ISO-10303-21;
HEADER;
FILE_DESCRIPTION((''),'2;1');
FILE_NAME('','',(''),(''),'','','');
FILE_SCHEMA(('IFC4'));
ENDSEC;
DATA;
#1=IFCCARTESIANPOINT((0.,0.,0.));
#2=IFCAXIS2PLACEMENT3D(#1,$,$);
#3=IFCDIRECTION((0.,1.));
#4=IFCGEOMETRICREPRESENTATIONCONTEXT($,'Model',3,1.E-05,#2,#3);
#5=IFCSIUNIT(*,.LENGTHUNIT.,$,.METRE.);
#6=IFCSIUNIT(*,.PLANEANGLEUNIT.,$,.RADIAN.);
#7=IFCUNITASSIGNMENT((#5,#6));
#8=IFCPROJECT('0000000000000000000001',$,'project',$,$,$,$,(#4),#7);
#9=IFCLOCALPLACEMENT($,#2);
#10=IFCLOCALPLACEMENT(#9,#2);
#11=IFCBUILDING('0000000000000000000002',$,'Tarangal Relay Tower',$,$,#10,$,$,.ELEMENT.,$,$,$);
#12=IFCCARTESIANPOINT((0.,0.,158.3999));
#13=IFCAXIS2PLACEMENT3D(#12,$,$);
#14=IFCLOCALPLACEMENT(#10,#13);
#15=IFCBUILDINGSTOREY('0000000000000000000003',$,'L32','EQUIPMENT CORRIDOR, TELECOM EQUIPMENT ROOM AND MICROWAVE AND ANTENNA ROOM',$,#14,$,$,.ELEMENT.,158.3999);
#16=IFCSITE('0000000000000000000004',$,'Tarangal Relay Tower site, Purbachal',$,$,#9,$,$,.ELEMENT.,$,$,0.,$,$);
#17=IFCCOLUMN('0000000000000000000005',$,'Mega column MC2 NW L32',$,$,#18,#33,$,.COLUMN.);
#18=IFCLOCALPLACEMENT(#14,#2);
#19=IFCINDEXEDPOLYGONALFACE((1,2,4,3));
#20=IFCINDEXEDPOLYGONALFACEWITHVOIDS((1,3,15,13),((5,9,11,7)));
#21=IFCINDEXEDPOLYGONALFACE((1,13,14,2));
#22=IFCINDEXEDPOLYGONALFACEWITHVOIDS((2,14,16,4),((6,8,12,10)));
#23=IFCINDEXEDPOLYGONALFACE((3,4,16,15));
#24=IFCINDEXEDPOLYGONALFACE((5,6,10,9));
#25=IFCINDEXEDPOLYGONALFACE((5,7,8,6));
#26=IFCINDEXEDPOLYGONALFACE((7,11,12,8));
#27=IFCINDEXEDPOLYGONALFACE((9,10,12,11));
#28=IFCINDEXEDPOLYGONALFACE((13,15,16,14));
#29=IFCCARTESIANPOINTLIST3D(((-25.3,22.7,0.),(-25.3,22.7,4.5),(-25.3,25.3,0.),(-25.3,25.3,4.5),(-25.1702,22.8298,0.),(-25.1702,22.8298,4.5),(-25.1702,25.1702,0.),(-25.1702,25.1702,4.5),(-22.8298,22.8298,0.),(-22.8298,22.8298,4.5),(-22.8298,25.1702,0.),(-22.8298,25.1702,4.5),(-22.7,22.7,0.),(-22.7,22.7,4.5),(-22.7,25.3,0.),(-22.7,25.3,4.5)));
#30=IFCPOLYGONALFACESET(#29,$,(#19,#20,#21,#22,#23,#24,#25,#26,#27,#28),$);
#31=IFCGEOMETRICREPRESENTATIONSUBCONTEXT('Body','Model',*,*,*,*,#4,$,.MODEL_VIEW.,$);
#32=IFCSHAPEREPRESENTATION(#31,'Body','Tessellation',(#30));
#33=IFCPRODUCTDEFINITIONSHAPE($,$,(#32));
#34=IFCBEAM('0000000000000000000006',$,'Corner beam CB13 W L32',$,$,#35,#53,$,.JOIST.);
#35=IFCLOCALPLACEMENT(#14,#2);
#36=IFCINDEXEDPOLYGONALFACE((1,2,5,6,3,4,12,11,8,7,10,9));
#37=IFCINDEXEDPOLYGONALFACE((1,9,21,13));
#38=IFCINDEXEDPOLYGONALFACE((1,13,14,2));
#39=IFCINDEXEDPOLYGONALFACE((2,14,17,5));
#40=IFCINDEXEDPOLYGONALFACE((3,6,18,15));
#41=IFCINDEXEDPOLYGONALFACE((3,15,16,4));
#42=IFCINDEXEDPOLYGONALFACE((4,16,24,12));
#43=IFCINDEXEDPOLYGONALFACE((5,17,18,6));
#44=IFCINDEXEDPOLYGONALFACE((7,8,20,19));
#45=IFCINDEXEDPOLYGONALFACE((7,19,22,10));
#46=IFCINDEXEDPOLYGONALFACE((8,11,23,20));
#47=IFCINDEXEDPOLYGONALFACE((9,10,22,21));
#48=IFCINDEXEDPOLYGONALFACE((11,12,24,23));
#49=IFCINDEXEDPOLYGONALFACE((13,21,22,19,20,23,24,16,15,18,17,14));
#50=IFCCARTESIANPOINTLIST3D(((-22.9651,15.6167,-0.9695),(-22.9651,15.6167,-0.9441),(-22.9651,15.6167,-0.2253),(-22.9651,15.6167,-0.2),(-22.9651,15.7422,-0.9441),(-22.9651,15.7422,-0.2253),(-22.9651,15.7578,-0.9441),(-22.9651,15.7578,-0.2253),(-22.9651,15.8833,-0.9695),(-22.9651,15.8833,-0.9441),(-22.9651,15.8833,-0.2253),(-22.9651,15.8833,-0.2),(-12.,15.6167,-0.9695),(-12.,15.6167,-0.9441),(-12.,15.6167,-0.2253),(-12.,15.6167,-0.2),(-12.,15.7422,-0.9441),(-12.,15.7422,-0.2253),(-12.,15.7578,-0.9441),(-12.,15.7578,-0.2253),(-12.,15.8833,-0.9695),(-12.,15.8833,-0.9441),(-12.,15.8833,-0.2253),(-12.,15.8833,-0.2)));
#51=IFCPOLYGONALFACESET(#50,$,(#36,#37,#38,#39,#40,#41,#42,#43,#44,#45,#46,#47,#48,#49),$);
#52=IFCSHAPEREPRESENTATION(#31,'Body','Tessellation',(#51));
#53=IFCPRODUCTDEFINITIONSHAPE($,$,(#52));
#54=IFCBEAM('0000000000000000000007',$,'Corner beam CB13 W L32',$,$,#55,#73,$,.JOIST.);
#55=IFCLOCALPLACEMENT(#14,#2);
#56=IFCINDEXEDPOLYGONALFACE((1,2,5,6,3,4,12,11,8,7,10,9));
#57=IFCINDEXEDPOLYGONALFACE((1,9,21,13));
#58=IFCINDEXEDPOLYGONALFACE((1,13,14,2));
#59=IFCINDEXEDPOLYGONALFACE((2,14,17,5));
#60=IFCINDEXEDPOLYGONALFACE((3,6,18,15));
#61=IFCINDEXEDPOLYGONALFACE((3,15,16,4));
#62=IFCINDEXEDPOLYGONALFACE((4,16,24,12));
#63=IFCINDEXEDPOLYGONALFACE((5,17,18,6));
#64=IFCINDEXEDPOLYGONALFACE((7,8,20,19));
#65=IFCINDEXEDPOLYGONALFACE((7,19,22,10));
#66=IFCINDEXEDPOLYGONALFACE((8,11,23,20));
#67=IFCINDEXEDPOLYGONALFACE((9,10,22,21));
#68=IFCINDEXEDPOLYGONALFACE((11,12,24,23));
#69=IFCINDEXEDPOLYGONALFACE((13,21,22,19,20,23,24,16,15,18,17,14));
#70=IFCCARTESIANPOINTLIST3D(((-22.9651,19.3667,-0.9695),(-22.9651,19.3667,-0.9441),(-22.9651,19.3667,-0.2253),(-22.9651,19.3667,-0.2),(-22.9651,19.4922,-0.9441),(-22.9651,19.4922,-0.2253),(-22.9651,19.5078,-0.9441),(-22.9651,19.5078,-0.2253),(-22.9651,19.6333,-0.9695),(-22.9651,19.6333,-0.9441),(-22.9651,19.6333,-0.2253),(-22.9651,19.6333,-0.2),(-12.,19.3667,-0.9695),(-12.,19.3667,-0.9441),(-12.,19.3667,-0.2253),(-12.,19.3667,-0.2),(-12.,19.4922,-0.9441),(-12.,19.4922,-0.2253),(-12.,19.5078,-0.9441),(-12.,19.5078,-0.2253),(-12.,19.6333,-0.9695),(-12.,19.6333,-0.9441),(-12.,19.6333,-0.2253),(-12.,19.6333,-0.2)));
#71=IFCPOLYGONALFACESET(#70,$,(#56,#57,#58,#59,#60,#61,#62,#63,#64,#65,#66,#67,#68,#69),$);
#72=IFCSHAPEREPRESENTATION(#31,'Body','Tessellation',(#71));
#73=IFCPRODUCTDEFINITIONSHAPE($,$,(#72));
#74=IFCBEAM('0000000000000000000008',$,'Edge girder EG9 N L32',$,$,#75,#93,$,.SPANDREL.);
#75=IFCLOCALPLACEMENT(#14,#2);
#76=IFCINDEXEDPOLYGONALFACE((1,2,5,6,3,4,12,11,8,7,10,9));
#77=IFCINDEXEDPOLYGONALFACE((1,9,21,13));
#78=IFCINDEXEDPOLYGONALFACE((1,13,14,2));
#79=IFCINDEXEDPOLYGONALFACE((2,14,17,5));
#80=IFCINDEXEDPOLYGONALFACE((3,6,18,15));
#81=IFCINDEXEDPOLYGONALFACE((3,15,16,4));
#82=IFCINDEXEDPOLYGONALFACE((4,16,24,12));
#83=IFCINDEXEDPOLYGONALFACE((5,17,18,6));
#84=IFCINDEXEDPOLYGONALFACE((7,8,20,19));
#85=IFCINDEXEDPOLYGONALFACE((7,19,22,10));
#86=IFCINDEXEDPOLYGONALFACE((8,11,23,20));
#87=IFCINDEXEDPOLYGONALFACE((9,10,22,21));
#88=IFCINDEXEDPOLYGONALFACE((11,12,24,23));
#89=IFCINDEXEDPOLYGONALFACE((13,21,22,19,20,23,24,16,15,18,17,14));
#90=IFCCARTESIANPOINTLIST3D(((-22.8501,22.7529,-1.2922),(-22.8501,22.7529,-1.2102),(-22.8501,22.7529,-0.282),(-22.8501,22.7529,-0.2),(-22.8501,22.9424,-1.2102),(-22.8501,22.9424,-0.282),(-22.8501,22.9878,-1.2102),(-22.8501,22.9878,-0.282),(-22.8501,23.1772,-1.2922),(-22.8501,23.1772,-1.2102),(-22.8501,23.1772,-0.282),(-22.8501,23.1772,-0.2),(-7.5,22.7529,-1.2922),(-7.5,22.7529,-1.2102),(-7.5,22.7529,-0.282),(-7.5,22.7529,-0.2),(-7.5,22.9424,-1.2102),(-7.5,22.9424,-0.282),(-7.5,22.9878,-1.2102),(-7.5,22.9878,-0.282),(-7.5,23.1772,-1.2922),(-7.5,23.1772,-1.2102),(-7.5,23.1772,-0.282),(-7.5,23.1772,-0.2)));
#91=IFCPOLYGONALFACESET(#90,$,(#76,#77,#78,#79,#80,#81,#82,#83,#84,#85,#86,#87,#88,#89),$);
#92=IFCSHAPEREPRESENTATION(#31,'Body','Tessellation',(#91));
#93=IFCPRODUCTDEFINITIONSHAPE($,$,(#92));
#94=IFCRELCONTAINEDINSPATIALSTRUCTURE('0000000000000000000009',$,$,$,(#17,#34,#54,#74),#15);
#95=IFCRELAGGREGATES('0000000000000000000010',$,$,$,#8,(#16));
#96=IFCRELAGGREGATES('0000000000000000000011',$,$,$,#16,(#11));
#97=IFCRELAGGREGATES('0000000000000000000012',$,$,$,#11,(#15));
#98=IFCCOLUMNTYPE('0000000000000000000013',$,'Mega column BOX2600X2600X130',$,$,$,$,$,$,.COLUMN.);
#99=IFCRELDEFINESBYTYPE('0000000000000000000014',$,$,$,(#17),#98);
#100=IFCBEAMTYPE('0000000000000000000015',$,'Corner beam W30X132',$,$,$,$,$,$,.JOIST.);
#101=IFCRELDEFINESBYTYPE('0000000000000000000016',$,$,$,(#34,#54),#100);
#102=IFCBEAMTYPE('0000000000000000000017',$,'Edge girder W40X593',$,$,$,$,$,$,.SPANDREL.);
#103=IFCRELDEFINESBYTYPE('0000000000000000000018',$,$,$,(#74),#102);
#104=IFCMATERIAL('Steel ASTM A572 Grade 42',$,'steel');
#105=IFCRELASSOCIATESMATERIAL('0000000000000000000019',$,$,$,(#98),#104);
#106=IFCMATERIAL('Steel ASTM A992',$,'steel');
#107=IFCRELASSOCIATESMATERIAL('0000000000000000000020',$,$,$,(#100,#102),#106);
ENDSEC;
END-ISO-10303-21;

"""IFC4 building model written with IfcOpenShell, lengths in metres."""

from ifc_helpers import new_model, si_unit, direction, frame, origin, origin_2d, place, context, subcontext, project, spatial, hollow_rectangle, i_section, extrude, material, material_profile, profile_set, type_object, element, save


model = new_model("IFC4")

# Units and contexts
model_context = context("Model", 3, precision=1e-05, world=origin(), true_north=direction((0.0, 1.0)))
body_context = subcontext(model_context, "Body", "Model", "MODEL_VIEW")
ifc_project = project(units=[si_unit("LENGTHUNIT", "METRE"), si_unit("PLANEANGLEUNIT", "RADIAN")], contexts=[model_context])

# Site, building, storey
site_placement = place(None, origin())
site = spatial("IfcSite", under=ifc_project, at=site_placement, Name="Tarangal Relay Tower site, Purbachal", CompositionType="ELEMENT", RefElevation=0.0)
building_placement = place(site_placement, origin())
building = spatial("IfcBuilding", under=site, at=building_placement, Name="Tarangal Relay Tower", CompositionType="ELEMENT")
storey_placement = place(building_placement, frame((0.0, 0.0, 158.3999)))
storey = spatial("IfcBuildingStorey", under=building, at=storey_placement, Name="L32", Description="EQUIPMENT CORRIDOR, TELECOM EQUIPMENT ROOM AND MICROWAVE AND ANTENNA ROOM", CompositionType="ELEMENT", Elevation=158.3999)

# Column
ifc_material_1 = material(Name="Steel ASTM A572 Grade 42", Category="steel")
ifc_material_profile_1 = material_profile(ifc_material_1, hollow_rectangle(XDim=2.6001, YDim=2.6001, WallThickness=0.1299, at=origin_2d()), Name="BOX2600X2600X130")
ifc_profile_set_1 = profile_set([ifc_material_profile_1], Name="Steel ASTM A572 Grade 42")
column_type = type_object("IfcColumnType", Name="Mega column BOX2600X2600X130", PredefinedType="COLUMN", material=ifc_profile_set_1)
column_placement = place(storey_placement, frame((-24.0, 24.0, 0.0), z_axis=(0.0, 0.0, 1.0), x_axis=(1.0, 0.0, 0.0)))
element("IfcColumn", 1, at=column_placement, inside=storey, type_object=column_type, Name="Mega column MC2 NW L32", PredefinedType="COLUMN", context=body_context, shape_type="SweptSolid", body=[
    extrude(hollow_rectangle(XDim=2.6001, YDim=2.6001, WallThickness=0.1299, at=origin_2d()), origin(), (0.0, 0.0, 1.0), 4.5),
])

# Beams
ifc_material_2 = material(Name="Steel ASTM A992", Category="steel")
ifc_material_profile_2 = material_profile(ifc_material_2, i_section(OverallWidth=0.2666, OverallDepth=0.7695, WebThickness=0.0156, FlangeThickness=0.0254, at=origin_2d()), Name="W30X132")
ifc_profile_set_2 = profile_set([ifc_material_profile_2], Name="Steel ASTM A992")
beam_type_1 = type_object("IfcBeamType", Name="Corner beam W30X132", PredefinedType="JOIST", material=ifc_profile_set_2)
for number, where, z_axis, x_axis, name in (
    (2, (-12.0, 15.75, -0.5847), (-1.0, 0.0, 0.0), (0.0, -1.0, 0.0), "Corner beam CB13 W L32"),
    (3, (-12.0, 19.5, -0.5847), (-1.0, 0.0, 0.0), (0.0, -1.0, 0.0), "Corner beam CB13 W L32"),
):
    element("IfcBeam", number, at=place(storey_placement, frame(where, z_axis=z_axis, x_axis=x_axis)), inside=storey, type_object=beam_type_1, Name=name, PredefinedType="JOIST", context=body_context, shape_type="SweptSolid", body=[
        extrude(i_section(OverallWidth=0.2666, OverallDepth=0.7695, WebThickness=0.0156, FlangeThickness=0.0254, at=origin_2d()), origin(), (0.0, 0.0, 1.0), 10.9651),
    ])
ifc_material_profile_3 = material_profile(ifc_material_2, i_section(OverallWidth=0.4243, OverallDepth=1.0923, WebThickness=0.0454, FlangeThickness=0.082, at=origin_2d()), Name="W40X593")
ifc_profile_set_3 = profile_set([ifc_material_profile_3], Name="Steel ASTM A992")
beam_type_2 = type_object("IfcBeamType", Name="Edge girder W40X593", PredefinedType="SPANDREL", material=ifc_profile_set_3)
beam_placement = place(storey_placement, frame((-22.8501, 22.9651, -0.7461), z_axis=(1.0, 0.0, 0.0), x_axis=(0.0, 1.0, 0.0)))
element("IfcBeam", 4, at=beam_placement, inside=storey, type_object=beam_type_2, Name="Edge girder EG9 N L32", PredefinedType="SPANDREL", context=body_context, shape_type="SweptSolid", body=[
    extrude(i_section(OverallWidth=0.4243, OverallDepth=1.0923, WebThickness=0.0454, FlangeThickness=0.082, at=origin_2d()), origin(), (0.0, 0.0, 1.0), 15.3501),
])

save(model, "model.ifc")
